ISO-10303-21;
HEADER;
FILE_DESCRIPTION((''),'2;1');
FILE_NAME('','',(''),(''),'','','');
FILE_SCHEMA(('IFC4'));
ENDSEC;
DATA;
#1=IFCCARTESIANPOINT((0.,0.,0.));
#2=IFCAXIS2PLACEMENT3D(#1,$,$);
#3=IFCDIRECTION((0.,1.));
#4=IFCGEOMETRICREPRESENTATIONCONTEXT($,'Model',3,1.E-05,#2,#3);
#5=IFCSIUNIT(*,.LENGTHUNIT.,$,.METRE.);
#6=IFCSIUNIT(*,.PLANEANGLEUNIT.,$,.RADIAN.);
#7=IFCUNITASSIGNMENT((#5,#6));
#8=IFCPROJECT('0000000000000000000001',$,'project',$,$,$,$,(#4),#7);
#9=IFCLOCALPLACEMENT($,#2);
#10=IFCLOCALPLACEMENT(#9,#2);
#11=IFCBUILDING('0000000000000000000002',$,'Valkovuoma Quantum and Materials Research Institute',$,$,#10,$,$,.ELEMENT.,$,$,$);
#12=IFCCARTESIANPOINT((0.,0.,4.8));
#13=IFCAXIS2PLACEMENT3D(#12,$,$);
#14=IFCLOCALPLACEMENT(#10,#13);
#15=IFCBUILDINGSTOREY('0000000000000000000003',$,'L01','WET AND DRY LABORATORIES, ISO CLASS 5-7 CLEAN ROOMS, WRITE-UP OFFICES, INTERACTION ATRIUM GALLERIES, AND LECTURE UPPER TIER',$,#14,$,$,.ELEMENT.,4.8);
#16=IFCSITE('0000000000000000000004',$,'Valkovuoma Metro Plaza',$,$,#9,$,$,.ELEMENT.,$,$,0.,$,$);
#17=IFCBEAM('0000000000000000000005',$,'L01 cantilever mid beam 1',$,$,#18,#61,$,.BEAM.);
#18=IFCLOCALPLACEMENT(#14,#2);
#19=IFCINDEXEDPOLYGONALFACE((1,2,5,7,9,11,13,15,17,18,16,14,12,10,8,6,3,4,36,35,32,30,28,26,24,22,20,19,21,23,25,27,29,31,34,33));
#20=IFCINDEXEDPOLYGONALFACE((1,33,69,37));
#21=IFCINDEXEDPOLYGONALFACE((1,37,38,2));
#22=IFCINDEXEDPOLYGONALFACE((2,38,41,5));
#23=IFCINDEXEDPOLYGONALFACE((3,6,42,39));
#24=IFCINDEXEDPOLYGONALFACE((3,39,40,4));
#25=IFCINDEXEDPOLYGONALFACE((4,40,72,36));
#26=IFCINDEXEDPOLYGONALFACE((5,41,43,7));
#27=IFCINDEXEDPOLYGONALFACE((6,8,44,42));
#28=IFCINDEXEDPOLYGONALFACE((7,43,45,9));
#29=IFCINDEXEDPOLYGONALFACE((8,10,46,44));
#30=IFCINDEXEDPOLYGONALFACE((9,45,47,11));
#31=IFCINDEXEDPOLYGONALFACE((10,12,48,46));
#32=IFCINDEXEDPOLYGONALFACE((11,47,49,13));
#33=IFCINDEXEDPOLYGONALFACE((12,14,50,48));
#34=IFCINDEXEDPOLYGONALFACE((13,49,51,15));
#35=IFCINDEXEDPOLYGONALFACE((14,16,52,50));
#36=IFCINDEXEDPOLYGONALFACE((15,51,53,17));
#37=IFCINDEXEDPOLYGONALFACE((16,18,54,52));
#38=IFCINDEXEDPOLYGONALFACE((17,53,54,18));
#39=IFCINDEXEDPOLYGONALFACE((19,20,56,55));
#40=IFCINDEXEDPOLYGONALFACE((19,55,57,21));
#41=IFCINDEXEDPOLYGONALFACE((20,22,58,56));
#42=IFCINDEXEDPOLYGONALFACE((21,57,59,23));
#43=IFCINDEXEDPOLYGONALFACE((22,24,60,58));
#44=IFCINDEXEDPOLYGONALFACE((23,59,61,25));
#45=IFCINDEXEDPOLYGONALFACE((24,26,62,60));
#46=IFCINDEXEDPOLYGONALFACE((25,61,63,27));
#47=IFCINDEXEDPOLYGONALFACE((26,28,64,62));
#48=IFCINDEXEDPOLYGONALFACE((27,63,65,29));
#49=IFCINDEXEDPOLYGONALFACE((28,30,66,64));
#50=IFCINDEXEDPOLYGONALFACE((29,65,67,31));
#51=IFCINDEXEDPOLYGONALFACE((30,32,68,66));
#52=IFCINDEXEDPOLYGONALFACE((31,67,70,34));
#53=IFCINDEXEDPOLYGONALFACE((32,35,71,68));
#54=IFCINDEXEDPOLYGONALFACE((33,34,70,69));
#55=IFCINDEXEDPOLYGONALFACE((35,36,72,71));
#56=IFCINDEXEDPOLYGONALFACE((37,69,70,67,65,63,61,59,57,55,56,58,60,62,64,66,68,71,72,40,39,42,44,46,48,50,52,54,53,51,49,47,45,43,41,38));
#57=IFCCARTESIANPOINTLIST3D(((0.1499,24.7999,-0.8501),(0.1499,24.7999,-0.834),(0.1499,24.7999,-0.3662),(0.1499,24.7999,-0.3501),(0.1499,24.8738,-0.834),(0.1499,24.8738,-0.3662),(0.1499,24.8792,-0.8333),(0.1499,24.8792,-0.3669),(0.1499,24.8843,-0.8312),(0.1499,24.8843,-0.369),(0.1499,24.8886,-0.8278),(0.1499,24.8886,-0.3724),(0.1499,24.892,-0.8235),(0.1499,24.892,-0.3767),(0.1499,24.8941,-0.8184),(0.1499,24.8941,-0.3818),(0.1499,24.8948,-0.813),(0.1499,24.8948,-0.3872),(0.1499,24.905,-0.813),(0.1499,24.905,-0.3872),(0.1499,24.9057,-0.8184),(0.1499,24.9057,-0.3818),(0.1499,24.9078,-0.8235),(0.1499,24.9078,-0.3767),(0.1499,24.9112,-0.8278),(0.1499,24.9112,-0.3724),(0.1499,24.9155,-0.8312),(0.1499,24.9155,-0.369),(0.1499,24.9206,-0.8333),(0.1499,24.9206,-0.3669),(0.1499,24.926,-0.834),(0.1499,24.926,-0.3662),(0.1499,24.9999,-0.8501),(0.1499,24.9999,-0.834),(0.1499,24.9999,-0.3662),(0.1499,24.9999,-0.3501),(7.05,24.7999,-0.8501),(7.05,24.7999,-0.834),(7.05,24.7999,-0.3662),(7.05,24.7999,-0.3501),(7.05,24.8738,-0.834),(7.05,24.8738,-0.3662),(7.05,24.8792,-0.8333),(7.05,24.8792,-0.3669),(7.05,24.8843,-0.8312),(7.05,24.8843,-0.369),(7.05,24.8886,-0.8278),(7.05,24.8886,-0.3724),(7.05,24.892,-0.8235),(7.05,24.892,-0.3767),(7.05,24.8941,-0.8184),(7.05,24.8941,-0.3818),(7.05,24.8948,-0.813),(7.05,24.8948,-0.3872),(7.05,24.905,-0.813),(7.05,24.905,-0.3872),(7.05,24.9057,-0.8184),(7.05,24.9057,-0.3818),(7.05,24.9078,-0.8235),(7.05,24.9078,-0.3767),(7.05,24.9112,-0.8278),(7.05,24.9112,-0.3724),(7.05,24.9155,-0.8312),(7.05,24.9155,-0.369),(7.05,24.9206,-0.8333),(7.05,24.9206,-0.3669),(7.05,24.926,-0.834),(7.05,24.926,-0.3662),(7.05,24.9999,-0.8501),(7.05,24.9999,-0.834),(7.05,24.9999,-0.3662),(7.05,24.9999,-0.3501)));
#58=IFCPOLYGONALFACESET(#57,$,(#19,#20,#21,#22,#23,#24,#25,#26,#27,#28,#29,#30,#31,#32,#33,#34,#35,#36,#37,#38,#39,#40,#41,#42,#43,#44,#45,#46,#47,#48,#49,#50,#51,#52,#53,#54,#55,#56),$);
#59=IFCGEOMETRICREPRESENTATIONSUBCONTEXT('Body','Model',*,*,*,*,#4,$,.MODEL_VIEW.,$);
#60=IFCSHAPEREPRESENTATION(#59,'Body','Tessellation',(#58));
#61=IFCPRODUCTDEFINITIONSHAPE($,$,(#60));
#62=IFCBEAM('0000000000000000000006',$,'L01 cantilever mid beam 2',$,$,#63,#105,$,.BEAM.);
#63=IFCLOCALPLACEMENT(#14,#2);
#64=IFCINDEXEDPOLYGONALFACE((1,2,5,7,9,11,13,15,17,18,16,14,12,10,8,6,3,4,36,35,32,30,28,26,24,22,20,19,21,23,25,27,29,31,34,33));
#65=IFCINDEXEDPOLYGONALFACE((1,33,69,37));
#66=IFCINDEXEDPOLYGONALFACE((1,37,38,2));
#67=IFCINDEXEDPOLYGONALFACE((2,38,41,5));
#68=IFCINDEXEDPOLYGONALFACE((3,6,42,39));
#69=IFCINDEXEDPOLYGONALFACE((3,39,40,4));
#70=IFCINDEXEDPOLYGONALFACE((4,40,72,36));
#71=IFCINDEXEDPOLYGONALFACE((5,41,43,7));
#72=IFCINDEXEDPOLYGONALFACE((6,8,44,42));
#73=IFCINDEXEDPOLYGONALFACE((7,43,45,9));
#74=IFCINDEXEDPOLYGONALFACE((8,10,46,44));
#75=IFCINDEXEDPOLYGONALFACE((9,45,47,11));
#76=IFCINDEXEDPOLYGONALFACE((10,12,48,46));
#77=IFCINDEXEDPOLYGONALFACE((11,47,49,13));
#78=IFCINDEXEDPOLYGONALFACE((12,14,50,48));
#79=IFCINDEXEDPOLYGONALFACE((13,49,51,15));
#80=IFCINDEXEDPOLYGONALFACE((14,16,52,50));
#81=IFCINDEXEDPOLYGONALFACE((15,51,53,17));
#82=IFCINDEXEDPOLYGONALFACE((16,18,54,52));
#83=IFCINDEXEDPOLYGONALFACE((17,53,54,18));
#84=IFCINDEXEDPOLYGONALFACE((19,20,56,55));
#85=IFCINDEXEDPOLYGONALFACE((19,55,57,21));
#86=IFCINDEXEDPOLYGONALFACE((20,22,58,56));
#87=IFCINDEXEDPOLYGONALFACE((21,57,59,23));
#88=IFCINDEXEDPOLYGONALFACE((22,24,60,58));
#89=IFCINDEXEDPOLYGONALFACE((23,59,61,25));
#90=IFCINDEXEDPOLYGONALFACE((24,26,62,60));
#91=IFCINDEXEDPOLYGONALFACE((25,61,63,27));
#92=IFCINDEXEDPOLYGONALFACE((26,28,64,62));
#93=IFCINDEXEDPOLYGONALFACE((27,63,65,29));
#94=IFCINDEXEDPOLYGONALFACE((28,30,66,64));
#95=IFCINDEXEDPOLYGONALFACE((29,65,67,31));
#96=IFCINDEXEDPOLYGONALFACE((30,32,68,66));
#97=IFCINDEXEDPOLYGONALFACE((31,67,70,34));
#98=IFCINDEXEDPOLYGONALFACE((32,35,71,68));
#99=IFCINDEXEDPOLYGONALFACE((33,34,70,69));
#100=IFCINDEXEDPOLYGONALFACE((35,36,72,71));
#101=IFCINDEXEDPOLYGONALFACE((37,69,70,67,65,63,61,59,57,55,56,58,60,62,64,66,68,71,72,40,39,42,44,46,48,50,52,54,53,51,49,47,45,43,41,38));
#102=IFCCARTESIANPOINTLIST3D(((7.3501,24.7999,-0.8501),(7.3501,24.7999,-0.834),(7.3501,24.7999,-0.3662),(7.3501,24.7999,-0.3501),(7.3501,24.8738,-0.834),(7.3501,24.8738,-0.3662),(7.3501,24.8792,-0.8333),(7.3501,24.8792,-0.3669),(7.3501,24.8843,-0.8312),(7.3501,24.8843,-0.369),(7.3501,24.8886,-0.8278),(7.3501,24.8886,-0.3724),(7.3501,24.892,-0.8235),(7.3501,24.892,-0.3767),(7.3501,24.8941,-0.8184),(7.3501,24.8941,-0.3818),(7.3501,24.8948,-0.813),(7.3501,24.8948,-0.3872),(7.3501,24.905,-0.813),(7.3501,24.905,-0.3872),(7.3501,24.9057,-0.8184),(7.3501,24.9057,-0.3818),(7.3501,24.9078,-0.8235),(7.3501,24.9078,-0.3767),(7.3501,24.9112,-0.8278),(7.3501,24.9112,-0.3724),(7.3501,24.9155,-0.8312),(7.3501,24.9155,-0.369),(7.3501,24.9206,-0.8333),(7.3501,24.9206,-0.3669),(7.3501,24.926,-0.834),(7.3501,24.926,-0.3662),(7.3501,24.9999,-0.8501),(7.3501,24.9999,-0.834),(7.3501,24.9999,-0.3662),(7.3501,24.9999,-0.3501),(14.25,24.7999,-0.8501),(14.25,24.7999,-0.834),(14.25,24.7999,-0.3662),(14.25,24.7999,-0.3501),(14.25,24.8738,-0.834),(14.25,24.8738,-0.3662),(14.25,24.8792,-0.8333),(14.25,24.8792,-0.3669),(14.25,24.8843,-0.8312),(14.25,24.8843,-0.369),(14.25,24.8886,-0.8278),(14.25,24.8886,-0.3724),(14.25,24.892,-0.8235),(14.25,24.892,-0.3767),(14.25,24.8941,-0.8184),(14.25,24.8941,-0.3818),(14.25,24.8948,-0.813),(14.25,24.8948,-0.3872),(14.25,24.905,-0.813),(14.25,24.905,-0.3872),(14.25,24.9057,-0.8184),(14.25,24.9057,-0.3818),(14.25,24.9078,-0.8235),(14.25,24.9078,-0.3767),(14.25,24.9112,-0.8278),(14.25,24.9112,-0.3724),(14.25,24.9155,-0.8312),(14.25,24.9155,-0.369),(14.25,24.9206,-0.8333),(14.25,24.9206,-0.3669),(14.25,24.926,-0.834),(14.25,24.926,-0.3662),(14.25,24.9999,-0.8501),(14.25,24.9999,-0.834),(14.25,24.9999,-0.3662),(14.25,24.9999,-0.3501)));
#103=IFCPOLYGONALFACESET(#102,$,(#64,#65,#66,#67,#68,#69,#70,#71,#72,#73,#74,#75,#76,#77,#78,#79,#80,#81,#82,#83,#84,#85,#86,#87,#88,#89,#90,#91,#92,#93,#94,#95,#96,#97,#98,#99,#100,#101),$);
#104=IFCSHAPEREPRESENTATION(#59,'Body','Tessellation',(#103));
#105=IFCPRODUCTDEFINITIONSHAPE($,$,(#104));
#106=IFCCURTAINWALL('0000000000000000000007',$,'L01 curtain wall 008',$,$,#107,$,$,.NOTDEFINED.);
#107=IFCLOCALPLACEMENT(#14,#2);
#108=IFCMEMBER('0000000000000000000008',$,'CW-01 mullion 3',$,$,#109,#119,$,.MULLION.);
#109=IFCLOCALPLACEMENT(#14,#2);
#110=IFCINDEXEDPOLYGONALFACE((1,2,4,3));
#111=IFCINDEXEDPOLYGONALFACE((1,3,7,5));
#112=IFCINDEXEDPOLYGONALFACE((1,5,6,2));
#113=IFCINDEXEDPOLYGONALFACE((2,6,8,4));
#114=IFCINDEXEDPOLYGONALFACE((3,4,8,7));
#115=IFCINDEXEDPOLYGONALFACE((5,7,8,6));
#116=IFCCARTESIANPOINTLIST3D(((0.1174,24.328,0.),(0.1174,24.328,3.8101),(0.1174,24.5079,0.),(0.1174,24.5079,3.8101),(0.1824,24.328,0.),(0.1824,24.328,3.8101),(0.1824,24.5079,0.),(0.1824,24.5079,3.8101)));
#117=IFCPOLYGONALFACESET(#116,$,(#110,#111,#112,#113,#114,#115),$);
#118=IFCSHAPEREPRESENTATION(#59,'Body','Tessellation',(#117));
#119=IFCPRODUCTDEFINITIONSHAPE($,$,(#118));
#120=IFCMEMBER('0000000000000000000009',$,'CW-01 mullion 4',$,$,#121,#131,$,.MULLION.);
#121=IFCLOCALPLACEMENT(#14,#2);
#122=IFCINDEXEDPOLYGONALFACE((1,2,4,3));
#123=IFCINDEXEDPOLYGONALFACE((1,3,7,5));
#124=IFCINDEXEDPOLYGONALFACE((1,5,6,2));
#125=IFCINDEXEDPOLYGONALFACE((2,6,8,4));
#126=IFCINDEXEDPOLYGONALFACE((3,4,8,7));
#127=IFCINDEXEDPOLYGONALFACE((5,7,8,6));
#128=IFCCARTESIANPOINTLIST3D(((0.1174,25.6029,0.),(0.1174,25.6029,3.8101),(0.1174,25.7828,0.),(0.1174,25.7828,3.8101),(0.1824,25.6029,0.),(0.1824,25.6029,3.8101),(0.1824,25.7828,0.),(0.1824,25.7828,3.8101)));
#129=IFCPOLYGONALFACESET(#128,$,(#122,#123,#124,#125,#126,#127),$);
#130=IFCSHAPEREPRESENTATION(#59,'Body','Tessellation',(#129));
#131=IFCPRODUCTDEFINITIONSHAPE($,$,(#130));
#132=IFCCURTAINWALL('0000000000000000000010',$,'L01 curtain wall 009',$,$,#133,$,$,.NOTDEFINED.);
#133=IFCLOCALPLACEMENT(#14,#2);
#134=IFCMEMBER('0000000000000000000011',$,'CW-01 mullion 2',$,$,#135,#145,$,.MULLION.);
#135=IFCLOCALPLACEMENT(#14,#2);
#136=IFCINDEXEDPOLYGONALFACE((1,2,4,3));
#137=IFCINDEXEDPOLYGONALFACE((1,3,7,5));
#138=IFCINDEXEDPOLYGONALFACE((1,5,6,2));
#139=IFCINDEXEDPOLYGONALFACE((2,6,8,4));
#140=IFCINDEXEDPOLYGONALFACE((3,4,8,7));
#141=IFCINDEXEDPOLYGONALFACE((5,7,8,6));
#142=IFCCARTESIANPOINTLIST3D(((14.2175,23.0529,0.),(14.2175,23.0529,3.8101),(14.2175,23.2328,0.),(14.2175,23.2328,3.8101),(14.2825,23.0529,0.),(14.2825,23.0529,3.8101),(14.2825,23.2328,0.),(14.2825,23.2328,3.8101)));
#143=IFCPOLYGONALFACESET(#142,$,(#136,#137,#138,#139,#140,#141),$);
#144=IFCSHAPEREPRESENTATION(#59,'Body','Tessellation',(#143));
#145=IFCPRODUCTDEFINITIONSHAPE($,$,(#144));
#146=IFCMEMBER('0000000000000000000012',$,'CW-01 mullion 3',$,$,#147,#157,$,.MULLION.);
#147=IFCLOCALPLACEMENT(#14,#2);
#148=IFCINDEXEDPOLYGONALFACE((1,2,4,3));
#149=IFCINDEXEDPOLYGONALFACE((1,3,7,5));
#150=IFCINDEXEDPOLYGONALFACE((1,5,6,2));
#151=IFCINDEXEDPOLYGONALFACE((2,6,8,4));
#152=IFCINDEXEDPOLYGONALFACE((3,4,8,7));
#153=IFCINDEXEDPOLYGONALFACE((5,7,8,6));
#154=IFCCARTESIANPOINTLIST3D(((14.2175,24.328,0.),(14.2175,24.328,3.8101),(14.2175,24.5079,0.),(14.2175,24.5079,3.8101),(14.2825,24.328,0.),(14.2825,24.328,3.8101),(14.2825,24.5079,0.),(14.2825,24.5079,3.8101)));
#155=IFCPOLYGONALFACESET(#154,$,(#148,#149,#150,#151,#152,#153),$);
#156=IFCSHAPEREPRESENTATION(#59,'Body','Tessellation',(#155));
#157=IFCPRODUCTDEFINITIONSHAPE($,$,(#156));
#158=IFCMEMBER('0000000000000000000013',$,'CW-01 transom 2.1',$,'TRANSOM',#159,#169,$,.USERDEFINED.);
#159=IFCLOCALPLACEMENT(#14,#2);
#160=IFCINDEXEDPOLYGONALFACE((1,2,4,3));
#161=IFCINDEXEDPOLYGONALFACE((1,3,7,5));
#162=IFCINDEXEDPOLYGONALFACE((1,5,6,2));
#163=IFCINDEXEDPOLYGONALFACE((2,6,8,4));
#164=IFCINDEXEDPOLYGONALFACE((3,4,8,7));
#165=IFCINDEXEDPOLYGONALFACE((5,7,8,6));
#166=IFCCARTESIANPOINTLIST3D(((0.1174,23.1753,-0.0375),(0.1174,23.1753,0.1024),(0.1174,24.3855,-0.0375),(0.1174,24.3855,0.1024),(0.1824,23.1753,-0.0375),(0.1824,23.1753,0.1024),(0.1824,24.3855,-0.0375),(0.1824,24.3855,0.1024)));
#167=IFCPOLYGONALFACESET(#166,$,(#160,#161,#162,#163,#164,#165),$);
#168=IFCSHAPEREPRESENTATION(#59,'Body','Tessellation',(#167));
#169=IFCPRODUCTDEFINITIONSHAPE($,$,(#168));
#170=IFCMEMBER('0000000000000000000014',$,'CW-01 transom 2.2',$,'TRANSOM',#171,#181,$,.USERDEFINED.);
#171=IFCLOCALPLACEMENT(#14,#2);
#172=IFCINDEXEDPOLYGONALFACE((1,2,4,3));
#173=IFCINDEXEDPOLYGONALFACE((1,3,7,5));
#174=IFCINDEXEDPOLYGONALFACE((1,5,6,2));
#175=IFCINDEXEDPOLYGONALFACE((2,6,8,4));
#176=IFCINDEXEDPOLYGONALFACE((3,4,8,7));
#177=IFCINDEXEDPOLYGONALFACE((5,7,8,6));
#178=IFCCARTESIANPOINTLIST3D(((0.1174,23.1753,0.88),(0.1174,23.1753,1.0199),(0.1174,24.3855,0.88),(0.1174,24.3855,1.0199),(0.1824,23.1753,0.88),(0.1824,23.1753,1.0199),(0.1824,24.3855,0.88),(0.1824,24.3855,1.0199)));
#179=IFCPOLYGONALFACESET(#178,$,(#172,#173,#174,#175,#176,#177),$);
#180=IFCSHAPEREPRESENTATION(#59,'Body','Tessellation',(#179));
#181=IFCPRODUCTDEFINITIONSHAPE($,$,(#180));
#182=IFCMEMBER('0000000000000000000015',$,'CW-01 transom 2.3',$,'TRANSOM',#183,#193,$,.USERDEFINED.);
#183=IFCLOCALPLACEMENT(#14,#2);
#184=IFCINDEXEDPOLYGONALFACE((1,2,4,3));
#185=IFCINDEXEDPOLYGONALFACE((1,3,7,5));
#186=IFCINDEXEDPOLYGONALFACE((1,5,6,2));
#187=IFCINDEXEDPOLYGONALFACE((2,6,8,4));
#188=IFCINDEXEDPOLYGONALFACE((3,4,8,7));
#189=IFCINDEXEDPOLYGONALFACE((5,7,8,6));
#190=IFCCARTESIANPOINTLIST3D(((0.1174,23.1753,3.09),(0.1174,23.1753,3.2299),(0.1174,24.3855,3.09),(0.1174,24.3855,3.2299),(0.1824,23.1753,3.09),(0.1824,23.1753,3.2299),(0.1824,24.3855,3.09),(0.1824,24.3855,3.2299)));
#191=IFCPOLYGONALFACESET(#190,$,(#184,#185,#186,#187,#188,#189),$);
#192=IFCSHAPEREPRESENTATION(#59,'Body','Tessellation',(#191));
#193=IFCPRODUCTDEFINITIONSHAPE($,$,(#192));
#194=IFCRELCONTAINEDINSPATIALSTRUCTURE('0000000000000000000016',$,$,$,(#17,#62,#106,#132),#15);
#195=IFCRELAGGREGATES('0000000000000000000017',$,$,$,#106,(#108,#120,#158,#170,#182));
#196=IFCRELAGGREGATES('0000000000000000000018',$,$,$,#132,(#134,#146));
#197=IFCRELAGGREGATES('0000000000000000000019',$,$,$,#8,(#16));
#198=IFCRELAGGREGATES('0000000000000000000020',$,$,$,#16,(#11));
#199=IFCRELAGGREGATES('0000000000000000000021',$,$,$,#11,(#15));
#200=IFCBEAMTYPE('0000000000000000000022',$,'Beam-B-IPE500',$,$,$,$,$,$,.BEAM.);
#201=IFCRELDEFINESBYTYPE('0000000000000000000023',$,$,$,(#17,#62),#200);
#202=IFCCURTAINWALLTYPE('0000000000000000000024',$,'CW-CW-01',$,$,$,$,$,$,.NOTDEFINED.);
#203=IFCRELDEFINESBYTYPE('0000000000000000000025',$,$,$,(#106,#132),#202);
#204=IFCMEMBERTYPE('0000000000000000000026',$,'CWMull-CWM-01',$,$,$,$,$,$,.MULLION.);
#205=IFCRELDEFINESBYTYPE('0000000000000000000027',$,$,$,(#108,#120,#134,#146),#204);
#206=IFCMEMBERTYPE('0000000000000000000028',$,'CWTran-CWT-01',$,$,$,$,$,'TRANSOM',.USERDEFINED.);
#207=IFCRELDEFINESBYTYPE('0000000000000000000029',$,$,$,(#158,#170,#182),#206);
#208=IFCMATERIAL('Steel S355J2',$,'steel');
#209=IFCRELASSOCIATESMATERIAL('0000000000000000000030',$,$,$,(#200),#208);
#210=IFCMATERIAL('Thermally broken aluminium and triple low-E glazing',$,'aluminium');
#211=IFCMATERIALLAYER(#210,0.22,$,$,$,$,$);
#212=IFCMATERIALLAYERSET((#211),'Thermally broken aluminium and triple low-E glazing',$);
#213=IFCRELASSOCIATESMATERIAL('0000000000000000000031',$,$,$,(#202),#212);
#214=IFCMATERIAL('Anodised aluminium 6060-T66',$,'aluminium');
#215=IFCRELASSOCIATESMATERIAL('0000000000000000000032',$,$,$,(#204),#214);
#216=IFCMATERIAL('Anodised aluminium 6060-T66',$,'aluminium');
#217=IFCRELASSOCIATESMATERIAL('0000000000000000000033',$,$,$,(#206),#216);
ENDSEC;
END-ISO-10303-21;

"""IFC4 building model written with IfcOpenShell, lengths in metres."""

from ifc_helpers import new_model, si_unit, direction, frame, origin, origin_2d, place, context, subcontext, project, spatial, rectangle, i_section, extrude, material, layer, layer_set, material_profile, profile_set, type_object, element, aggregate, save


model = new_model("IFC4")

# Units and contexts
model_context = context("Model", 3, precision=1e-05, world=origin(), true_north=direction((0.0, 1.0)))
body_context = subcontext(model_context, "Body", "Model", "MODEL_VIEW")
ifc_project = project(units=[si_unit("LENGTHUNIT", "METRE"), si_unit("PLANEANGLEUNIT", "RADIAN")], contexts=[model_context])

# Site, building, storey
site_placement = place(None, origin())
site = spatial("IfcSite", under=ifc_project, at=site_placement, Name="Valkovuoma Metro Plaza", CompositionType="ELEMENT", RefElevation=0.0)
building_placement = place(site_placement, origin())
building = spatial("IfcBuilding", under=site, at=building_placement, Name="Valkovuoma Quantum and Materials Research Institute", CompositionType="ELEMENT")
storey_placement = place(building_placement, frame((0.0, 0.0, 4.8)))
storey = spatial("IfcBuildingStorey", under=building, at=storey_placement, Name="L01", Description="WET AND DRY LABORATORIES, ISO CLASS 5-7 CLEAN ROOMS, WRITE-UP OFFICES, INTERACTION ATRIUM GALLERIES, AND LECTURE UPPER TIER", CompositionType="ELEMENT", Elevation=4.8)

# Beams
ifc_material_1 = material(Name="Steel S355J2", Category="steel")
ifc_material_profile_1 = material_profile(ifc_material_1, i_section(OverallWidth=0.2, OverallDepth=0.5, WebThickness=0.0103, FlangeThickness=0.0161, FilletRadius=0.021, at=origin_2d()), Name="Steel S355J2")
ifc_profile_set_1 = profile_set([ifc_material_profile_1], Name="Steel S355J2")
beam_type = type_object("IfcBeamType", Name="Beam-B-IPE500", PredefinedType="BEAM", material=ifc_profile_set_1)
beam_1_placement = place(storey_placement, frame((0.1499, 24.8999, -0.6001), z_axis=(1.0, 0.0, 0.0), x_axis=(0.0, 1.0, 0.0)))
element("IfcBeam", 1, at=beam_1_placement, inside=storey, type_object=beam_type, Name="L01 cantilever mid beam 1", PredefinedType="BEAM", context=body_context, shape_type="SweptSolid", body=[
    extrude(i_section(OverallWidth=0.2, OverallDepth=0.5, WebThickness=0.0103, FlangeThickness=0.0161, FilletRadius=0.021, at=origin_2d()), origin(), (0.0, 0.0, 1.0), 6.9001),
])
beam_2_placement = place(storey_placement, frame((7.3501, 24.8999, -0.6001), z_axis=(1.0, 0.0, 0.0), x_axis=(0.0, 1.0, 0.0)))
element("IfcBeam", 2, at=beam_2_placement, inside=storey, type_object=beam_type, Name="L01 cantilever mid beam 2", PredefinedType="BEAM", context=body_context, shape_type="SweptSolid", body=[
    extrude(i_section(OverallWidth=0.2, OverallDepth=0.5, WebThickness=0.0103, FlangeThickness=0.0161, FilletRadius=0.021, at=origin_2d()), origin(), (0.0, 0.0, 1.0), 6.8999),
])

# Curtain walls, members
ifc_material_2 = material(Name="Thermally broken aluminium and triple low-E glazing", Category="aluminium")
ifc_layer_1 = layer(ifc_material_2, 0.22)
ifc_layer_set_1 = layer_set([ifc_layer_1], Name="Thermally broken aluminium and triple low-E glazing")
curtain_wall_type = type_object("IfcCurtainWallType", Name="CW-CW-01", PredefinedType="NOTDEFINED", material=ifc_layer_set_1)
curtain_wall_1_placement = place(storey_placement, origin())
curtain_wall_1 = element("IfcCurtainWall", 3, at=curtain_wall_1_placement, inside=storey, type_object=curtain_wall_type, Name="L01 curtain wall 008", PredefinedType="NOTDEFINED")
ifc_material_3 = material(Name="Anodised aluminium 6060-T66", Category="aluminium")
ifc_material_profile_2 = material_profile(ifc_material_3, rectangle(XDim=0.0649, YDim=0.1799, at=origin_2d()), Name="Anodised aluminium 6060-T66")
ifc_profile_set_2 = profile_set([ifc_material_profile_2], Name="Anodised aluminium 6060-T66")
member_type_1 = type_object("IfcMemberType", Name="CWMull-CWM-01", PredefinedType="MULLION", material=ifc_profile_set_2)
member_1_placement = place(storey_placement, frame((0.1499, 24.418, 0.0), z_axis=(0.0, 0.0, 1.0), x_axis=(-1.0, 0.0, 0.0)))
member_1 = element("IfcMember", 4, at=member_1_placement, type_object=member_type_1, Name="CW-01 mullion 3", PredefinedType="MULLION", context=body_context, shape_type="SweptSolid", body=[
    extrude(rectangle(XDim=0.0649, YDim=0.1799, at=origin_2d()), origin(), (0.0, 0.0, 1.0), 3.8101),
])
member_2_placement = place(storey_placement, frame((0.1499, 25.6929, 0.0), z_axis=(0.0, 0.0, 1.0), x_axis=(-1.0, 0.0, 0.0)))
member_2 = element("IfcMember", 5, at=member_2_placement, type_object=member_type_1, Name="CW-01 mullion 4", PredefinedType="MULLION", context=body_context, shape_type="SweptSolid", body=[
    extrude(rectangle(XDim=0.0649, YDim=0.1799, at=origin_2d()), origin(), (0.0, 0.0, 1.0), 3.8101),
])
curtain_wall_2_placement = place(storey_placement, origin())
curtain_wall_2 = element("IfcCurtainWall", 6, at=curtain_wall_2_placement, inside=storey, type_object=curtain_wall_type, Name="L01 curtain wall 009", PredefinedType="NOTDEFINED")
member_3_placement = place(storey_placement, frame((14.25, 23.1428, 0.0), z_axis=(0.0, 0.0, 1.0), x_axis=(-1.0, 0.0, 0.0)))
member_3 = element("IfcMember", 7, at=member_3_placement, type_object=member_type_1, Name="CW-01 mullion 2", PredefinedType="MULLION", context=body_context, shape_type="SweptSolid", body=[
    extrude(rectangle(XDim=0.0649, YDim=0.1799, at=origin_2d()), origin(), (0.0, 0.0, 1.0), 3.8101),
])
member_4_placement = place(storey_placement, frame((14.25, 24.418, 0.0), z_axis=(0.0, 0.0, 1.0), x_axis=(-1.0, 0.0, 0.0)))
member_4 = element("IfcMember", 8, at=member_4_placement, type_object=member_type_1, Name="CW-01 mullion 3", PredefinedType="MULLION", context=body_context, shape_type="SweptSolid", body=[
    extrude(rectangle(XDim=0.0649, YDim=0.1799, at=origin_2d()), origin(), (0.0, 0.0, 1.0), 3.8101),
])

# Members
ifc_material_4 = material(Name="Anodised aluminium 6060-T66", Category="aluminium")
ifc_material_profile_3 = material_profile(ifc_material_4, rectangle(XDim=0.0649, YDim=0.1399, at=origin_2d()), Name="Anodised aluminium 6060-T66")
ifc_profile_set_3 = profile_set([ifc_material_profile_3], Name="Anodised aluminium 6060-T66")
member_type_2 = type_object("IfcMemberType", Name="CWTran-CWT-01", ElementType="TRANSOM", PredefinedType="USERDEFINED", material=ifc_profile_set_3)
member_5_placement = place(storey_placement, frame((0.1499, 23.1753, 0.0325), z_axis=(0.0, 1.0, 0.0), x_axis=(-1.0, 0.0, 0.0)))
member_5 = element("IfcMember", 9, at=member_5_placement, type_object=member_type_2, Name="CW-01 transom 2.1", ObjectType="TRANSOM", PredefinedType="USERDEFINED", context=body_context, shape_type="SweptSolid", body=[
    extrude(rectangle(XDim=0.0649, YDim=0.1399, at=origin_2d()), origin(), (0.0, 0.0, 1.0), 1.2102),
])
member_6_placement = place(storey_placement, frame((0.1499, 23.1753, 0.95), z_axis=(0.0, 1.0, 0.0), x_axis=(-1.0, 0.0, 0.0)))
member_6 = element("IfcMember", 10, at=member_6_placement, type_object=member_type_2, Name="CW-01 transom 2.2", ObjectType="TRANSOM", PredefinedType="USERDEFINED", context=body_context, shape_type="SweptSolid", body=[
    extrude(rectangle(XDim=0.0649, YDim=0.1399, at=origin_2d()), origin(), (0.0, 0.0, 1.0), 1.2102),
])
member_7_placement = place(storey_placement, frame((0.1499, 23.1753, 3.1599), z_axis=(0.0, 1.0, 0.0), x_axis=(-1.0, 0.0, 0.0)))
member_7 = element("IfcMember", 11, at=member_7_placement, type_object=member_type_2, Name="CW-01 transom 2.3", ObjectType="TRANSOM", PredefinedType="USERDEFINED", context=body_context, shape_type="SweptSolid", body=[
    extrude(rectangle(XDim=0.0649, YDim=0.1399, at=origin_2d()), origin(), (0.0, 0.0, 1.0), 1.2102),
])

aggregate(curtain_wall_1, [member_1, member_2, member_5, member_6, member_7])
aggregate(curtain_wall_2, [member_3, member_4])

save(model, "model.ifc")
